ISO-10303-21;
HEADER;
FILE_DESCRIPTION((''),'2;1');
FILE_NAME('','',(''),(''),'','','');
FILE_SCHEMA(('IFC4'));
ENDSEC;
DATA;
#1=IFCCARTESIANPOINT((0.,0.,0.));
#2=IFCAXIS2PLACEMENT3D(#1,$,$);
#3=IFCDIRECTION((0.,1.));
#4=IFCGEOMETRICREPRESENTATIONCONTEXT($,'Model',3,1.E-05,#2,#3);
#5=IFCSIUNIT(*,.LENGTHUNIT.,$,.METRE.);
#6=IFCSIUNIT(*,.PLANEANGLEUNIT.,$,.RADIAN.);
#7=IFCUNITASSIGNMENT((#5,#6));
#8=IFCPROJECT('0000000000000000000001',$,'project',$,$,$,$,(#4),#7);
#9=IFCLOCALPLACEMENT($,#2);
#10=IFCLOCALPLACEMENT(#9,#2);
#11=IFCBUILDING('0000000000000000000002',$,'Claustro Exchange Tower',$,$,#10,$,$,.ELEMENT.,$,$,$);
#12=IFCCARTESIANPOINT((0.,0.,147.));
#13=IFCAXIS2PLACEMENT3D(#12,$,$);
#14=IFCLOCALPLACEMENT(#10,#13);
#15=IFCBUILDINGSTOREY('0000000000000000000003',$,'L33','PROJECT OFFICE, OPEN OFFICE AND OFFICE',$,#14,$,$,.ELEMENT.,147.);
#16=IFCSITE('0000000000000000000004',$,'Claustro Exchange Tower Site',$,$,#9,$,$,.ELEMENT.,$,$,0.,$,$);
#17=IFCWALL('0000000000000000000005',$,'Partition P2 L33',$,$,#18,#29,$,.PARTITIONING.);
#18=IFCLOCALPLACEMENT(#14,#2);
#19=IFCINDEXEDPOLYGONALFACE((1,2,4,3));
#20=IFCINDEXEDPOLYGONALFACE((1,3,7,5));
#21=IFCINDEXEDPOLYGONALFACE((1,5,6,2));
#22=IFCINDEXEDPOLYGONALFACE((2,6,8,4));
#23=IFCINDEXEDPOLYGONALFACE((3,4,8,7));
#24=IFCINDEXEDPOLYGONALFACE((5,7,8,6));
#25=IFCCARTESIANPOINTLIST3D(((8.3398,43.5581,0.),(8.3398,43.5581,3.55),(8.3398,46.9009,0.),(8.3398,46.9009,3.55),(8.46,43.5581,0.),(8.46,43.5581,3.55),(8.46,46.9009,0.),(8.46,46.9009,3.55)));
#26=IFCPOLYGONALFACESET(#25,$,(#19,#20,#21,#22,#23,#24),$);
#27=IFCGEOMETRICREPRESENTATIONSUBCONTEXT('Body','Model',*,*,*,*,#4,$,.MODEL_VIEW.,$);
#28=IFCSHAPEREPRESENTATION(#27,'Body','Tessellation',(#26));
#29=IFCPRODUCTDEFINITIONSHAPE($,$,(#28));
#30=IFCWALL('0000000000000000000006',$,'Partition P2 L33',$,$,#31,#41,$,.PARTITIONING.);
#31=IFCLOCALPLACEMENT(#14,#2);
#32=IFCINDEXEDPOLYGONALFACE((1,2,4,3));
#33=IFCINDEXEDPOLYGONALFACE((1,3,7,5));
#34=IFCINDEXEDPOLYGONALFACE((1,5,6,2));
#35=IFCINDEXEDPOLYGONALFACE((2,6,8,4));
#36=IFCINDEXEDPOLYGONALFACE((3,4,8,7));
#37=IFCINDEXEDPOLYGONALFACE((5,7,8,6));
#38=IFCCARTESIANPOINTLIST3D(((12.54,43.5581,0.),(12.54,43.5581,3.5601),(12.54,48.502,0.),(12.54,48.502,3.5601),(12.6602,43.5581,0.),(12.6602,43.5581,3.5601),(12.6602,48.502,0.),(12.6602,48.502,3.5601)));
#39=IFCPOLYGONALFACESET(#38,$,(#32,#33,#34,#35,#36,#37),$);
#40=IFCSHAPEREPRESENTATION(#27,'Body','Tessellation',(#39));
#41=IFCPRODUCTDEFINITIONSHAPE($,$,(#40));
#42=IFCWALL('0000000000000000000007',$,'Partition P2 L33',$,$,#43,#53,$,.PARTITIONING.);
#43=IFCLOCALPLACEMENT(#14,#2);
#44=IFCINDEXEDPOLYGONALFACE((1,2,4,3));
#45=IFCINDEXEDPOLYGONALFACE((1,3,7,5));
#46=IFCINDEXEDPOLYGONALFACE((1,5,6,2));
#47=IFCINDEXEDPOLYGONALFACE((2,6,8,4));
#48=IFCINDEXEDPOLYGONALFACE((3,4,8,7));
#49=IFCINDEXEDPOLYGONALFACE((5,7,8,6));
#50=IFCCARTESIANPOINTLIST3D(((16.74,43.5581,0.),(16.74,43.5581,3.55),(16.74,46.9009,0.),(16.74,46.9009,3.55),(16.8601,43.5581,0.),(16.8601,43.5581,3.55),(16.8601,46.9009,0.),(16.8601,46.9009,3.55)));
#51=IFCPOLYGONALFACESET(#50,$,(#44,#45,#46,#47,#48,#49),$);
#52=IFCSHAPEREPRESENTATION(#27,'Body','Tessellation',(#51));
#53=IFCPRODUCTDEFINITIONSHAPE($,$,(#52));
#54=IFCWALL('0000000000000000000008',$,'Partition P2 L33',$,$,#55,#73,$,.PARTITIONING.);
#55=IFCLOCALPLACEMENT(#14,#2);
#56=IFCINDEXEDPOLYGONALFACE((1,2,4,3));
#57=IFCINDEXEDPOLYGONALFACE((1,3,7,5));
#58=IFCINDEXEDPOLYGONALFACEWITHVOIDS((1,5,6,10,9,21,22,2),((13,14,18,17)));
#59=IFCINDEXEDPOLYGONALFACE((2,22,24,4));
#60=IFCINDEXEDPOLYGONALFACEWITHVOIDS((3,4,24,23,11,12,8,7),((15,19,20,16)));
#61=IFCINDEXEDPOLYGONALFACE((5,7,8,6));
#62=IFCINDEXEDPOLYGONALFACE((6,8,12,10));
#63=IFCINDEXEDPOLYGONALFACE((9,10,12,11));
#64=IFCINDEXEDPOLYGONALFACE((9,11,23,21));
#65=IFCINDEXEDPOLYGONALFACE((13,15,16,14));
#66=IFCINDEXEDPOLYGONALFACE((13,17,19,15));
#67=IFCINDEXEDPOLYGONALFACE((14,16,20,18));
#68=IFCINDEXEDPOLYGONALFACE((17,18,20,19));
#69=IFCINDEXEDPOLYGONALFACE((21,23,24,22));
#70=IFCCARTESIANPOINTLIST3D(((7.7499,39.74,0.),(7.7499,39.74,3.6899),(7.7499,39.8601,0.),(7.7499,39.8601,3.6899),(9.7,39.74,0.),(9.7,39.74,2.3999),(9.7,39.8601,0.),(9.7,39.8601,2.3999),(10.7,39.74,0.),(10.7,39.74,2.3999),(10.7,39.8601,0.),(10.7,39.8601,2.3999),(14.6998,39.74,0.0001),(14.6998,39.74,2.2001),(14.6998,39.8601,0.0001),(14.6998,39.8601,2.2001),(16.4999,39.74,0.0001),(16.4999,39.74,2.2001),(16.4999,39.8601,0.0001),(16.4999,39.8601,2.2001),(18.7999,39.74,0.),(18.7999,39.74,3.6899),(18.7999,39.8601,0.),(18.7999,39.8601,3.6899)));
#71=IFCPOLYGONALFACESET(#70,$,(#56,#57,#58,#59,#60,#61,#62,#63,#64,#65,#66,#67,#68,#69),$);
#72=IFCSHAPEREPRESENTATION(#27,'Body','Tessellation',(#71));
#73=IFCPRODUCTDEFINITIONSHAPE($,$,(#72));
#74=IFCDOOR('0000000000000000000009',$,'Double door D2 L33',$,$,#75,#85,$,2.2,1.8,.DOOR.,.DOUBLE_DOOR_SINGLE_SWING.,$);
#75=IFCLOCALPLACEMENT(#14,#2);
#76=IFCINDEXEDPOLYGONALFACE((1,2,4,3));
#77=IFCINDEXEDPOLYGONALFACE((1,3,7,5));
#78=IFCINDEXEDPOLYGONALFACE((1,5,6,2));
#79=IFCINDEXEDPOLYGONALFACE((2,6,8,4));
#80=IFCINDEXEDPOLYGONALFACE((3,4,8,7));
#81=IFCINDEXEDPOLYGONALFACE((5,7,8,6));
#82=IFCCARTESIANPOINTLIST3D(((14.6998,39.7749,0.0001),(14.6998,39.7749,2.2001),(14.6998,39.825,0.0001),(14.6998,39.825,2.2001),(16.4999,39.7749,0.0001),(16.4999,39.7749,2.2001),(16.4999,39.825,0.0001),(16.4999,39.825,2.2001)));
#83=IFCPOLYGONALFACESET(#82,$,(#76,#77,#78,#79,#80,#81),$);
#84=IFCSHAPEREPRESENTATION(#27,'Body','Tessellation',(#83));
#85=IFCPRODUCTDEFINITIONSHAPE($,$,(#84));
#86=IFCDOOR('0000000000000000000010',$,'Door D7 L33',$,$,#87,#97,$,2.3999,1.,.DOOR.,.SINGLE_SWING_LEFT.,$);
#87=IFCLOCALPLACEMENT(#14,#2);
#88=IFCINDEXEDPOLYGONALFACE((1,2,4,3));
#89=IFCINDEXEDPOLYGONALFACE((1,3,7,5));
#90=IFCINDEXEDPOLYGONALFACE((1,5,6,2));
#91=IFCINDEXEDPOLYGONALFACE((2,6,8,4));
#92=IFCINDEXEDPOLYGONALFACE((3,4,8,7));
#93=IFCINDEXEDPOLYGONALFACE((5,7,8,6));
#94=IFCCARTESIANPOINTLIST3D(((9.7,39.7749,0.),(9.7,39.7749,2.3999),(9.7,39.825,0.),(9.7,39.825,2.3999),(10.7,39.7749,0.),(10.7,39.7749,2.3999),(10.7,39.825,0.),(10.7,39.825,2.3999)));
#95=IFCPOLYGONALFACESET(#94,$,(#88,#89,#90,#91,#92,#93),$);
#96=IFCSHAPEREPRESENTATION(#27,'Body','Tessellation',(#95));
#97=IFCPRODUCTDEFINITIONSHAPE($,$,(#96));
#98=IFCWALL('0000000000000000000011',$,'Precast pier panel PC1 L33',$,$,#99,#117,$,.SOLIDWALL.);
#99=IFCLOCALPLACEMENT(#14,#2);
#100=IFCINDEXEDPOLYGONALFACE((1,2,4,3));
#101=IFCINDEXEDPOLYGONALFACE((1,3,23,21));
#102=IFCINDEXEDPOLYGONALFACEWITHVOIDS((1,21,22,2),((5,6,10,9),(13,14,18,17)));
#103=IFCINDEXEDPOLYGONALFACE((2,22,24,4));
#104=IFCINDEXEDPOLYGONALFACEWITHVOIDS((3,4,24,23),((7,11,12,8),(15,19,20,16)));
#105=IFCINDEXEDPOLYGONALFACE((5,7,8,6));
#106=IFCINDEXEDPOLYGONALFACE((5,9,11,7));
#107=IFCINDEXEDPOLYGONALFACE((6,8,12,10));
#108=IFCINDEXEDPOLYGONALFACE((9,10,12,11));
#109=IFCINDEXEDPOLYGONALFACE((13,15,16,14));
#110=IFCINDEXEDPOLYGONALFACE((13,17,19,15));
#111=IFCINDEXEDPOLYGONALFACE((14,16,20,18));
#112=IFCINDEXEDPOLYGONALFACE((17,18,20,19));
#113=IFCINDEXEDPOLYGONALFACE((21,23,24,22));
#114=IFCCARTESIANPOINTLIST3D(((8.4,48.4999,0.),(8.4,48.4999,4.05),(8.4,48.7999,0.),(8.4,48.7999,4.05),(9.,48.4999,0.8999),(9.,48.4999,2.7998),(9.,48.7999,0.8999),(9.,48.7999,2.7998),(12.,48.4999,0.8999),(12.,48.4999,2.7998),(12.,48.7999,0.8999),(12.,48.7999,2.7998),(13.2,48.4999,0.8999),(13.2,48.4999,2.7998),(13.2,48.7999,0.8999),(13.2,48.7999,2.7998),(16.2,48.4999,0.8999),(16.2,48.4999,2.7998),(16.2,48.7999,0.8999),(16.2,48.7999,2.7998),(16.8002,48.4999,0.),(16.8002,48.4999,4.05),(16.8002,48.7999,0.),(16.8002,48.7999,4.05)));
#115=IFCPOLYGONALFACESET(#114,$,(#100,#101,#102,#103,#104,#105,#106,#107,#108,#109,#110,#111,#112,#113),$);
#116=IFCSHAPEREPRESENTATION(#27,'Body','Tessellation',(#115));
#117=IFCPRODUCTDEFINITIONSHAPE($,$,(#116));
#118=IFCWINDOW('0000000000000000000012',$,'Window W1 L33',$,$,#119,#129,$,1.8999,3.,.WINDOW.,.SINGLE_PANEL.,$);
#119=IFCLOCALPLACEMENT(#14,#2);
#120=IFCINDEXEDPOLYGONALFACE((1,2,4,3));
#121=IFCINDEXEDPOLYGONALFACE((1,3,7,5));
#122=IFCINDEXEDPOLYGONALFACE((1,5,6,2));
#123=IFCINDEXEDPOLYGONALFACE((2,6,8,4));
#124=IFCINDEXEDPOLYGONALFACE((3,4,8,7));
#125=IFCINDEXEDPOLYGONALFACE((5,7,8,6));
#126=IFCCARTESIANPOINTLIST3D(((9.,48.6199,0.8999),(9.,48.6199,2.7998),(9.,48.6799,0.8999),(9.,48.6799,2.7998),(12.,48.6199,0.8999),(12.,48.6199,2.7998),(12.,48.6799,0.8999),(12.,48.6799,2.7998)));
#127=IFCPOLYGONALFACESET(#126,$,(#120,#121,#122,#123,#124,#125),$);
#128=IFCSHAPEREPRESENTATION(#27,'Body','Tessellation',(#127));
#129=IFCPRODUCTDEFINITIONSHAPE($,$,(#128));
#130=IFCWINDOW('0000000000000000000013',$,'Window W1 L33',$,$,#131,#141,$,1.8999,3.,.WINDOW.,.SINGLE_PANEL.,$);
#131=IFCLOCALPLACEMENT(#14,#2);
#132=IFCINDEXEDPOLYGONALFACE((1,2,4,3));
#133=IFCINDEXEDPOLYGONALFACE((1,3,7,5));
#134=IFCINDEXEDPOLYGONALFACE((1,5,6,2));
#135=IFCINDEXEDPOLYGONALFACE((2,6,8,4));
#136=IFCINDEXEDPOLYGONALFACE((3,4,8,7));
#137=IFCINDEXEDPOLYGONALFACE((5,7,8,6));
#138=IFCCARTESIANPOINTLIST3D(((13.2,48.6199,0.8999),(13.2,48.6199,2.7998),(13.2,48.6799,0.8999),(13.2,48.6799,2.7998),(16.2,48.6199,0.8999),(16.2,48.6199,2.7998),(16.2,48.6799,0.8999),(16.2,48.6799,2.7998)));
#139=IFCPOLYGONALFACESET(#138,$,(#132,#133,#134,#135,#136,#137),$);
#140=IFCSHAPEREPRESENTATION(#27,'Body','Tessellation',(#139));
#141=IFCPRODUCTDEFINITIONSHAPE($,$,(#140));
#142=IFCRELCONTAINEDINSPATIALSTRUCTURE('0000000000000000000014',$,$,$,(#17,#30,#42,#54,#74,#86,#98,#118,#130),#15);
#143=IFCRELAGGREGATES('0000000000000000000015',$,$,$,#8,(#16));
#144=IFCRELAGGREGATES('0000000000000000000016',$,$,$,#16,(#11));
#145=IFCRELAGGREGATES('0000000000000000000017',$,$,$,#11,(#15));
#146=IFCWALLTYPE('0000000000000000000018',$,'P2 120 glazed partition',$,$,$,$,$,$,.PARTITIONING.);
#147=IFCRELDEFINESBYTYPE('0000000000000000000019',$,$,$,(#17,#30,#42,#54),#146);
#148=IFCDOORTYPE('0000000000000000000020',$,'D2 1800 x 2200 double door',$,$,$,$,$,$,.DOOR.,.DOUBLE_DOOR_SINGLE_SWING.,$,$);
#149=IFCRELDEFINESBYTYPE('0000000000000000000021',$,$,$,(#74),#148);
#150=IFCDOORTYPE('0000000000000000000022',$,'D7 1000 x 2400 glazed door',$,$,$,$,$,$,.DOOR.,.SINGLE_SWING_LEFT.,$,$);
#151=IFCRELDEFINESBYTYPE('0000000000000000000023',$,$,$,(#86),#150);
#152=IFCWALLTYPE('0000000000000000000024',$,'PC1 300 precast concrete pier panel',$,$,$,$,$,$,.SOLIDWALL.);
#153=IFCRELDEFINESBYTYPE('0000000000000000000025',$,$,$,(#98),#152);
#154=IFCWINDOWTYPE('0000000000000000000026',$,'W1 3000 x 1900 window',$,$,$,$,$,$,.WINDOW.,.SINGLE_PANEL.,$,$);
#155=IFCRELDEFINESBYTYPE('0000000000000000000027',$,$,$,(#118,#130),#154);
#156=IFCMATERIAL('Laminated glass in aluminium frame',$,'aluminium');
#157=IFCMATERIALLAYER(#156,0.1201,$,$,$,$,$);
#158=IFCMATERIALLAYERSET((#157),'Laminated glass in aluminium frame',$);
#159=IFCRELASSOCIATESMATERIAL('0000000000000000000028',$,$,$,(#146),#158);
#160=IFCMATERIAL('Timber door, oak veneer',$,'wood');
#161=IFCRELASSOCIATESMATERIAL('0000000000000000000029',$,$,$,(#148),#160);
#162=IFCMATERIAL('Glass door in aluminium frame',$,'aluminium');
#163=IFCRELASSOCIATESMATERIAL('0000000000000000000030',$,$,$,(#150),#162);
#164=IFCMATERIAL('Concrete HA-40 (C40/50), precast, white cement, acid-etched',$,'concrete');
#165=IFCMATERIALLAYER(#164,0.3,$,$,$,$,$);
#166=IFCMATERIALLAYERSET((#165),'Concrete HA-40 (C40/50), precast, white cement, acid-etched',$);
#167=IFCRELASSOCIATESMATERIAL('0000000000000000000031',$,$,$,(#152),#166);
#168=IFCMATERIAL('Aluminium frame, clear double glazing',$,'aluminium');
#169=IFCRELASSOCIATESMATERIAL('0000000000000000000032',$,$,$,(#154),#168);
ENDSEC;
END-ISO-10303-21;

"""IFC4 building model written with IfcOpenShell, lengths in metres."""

from ifc_helpers import new_model, si_unit, direction, frame, frame_2d, origin, place, context, subcontext, project, spatial, rectangle, extrude, material, layer, layer_set, type_object, element, fill, save


model = new_model("IFC4")

# Units and contexts
model_context = context("Model", 3, precision=1e-05, world=origin(), true_north=direction((0.0, 1.0)))
body_context = subcontext(model_context, "Body", "Model", "MODEL_VIEW")
ifc_project = project(units=[si_unit("LENGTHUNIT", "METRE"), si_unit("PLANEANGLEUNIT", "RADIAN")], contexts=[model_context])

# Site, building, storey
site_placement = place(None, origin())
site = spatial("IfcSite", under=ifc_project, at=site_placement, Name="Claustro Exchange Tower Site", CompositionType="ELEMENT", RefElevation=0.0)
building_placement = place(site_placement, origin())
building = spatial("IfcBuilding", under=site, at=building_placement, Name="Claustro Exchange Tower", CompositionType="ELEMENT")
storey_placement = place(building_placement, frame((0.0, 0.0, 147.0)))
storey = spatial("IfcBuildingStorey", under=building, at=storey_placement, Name="L33", Description="PROJECT OFFICE, OPEN OFFICE AND OFFICE", CompositionType="ELEMENT", Elevation=147.0)

# Walls
ifc_material_1 = material(Name="Laminated glass in aluminium frame", Category="aluminium")
ifc_layer_1 = layer(ifc_material_1, 0.1201)
ifc_layer_set_1 = layer_set([ifc_layer_1], Name="Laminated glass in aluminium frame")
wall_type_1 = type_object("IfcWallType", Name="P2 120 glazed partition", PredefinedType="PARTITIONING", material=ifc_layer_set_1)
wall_1_placement = place(storey_placement, frame((8.3999, 43.5581, 0.0), z_axis=(0.0, 0.0, 1.0), x_axis=(0.0, 1.0, 0.0)))
element("IfcWall", 1, at=wall_1_placement, inside=storey, type_object=wall_type_1, Name="Partition P2 L33", PredefinedType="PARTITIONING", context=body_context, shape_type="SweptSolid", body=[
    extrude(rectangle(XDim=3.3428, YDim=0.1201, at=frame_2d((1.6714, 0.0))), origin(), (0.0, 0.0, 1.0), 3.55),
])
wall_2_placement = place(storey_placement, frame((12.6001, 43.5581, 0.0), z_axis=(0.0, 0.0, 1.0), x_axis=(0.0, 1.0, 0.0)))
element("IfcWall", 2, at=wall_2_placement, inside=storey, type_object=wall_type_1, Name="Partition P2 L33", PredefinedType="PARTITIONING", context=body_context, shape_type="SweptSolid", body=[
    extrude(rectangle(XDim=4.9438, YDim=0.1201, at=frame_2d((2.4719, 0.0))), origin(), (0.0, 0.0, 1.0), 3.5601),
])
wall_3_placement = place(storey_placement, frame((16.8, 43.5581, 0.0), z_axis=(0.0, 0.0, 1.0), x_axis=(0.0, 1.0, 0.0)))
element("IfcWall", 3, at=wall_3_placement, inside=storey, type_object=wall_type_1, Name="Partition P2 L33", PredefinedType="PARTITIONING", context=body_context, shape_type="SweptSolid", body=[
    extrude(rectangle(XDim=3.3428, YDim=0.1201, at=frame_2d((1.6714, 0.0))), origin(), (0.0, 0.0, 1.0), 3.55),
])

# Wall, openings, doors
wall_4_placement = place(storey_placement, frame((7.75, 39.8, 0.0), z_axis=(0.0, 0.0, 1.0), x_axis=(1.0, 0.0, 0.0)))
wall_4 = element("IfcWall", 4, at=wall_4_placement, inside=storey, type_object=wall_type_1, Name="Partition P2 L33", PredefinedType="PARTITIONING", context=body_context, shape_type="SweptSolid", body=[
    extrude(rectangle(XDim=11.05, YDim=0.1201, at=frame_2d((5.5249, 0.0))), origin(), (0.0, 0.0, 1.0), 3.6899),
])
opening_1_placement = place(wall_4_placement, frame((1.95, 0.0, 0.0)))
opening_1 = element("IfcOpeningElement", 5, at=opening_1_placement, cuts=wall_4, PredefinedType="OPENING", context=body_context, shape_type="SweptSolid", body=[
    extrude(rectangle(XDim=1.0, YDim=2.3999, at=frame_2d((0.5, 1.2))), frame((0.0, 0.0701, 0.0), z_axis=(0.0, -1.0, 0.0), x_axis=(1.0, 0.0, 0.0)), (0.0, 0.0, 1.0), 0.1401),
])
opening_2_placement = place(wall_4_placement, frame((6.95, 0.0, 0.0)))
opening_2 = element("IfcOpeningElement", 6, at=opening_2_placement, cuts=wall_4, PredefinedType="OPENING", context=body_context, shape_type="SweptSolid", body=[
    extrude(rectangle(XDim=1.8, YDim=2.2, at=frame_2d((0.8999, 1.1001))), frame((0.0, 0.0701, 0.0), z_axis=(0.0, -1.0, 0.0), x_axis=(1.0, 0.0, 0.0)), (0.0, 0.0, 1.0), 0.1401),
])
ifc_material_2 = material(Name="Timber door, oak veneer", Category="wood")
door_type_1 = type_object("IfcDoorType", Name="D2 1800 x 2200 double door", OperationType="DOUBLE_DOOR_SINGLE_SWING", PredefinedType="DOOR", material=ifc_material_2)
door_1_placement = place(opening_2_placement, origin())
door_1 = element("IfcDoor", 7, at=door_1_placement, inside=storey, type_object=door_type_1, Name="Double door D2 L33", OperationType="DOUBLE_DOOR_SINGLE_SWING", OverallHeight=2.2, OverallWidth=1.8, PredefinedType="DOOR", context=body_context, shape_type="SweptSolid", body=[
    extrude(rectangle(XDim=1.8, YDim=2.2, at=frame_2d((0.8999, 1.1001))), frame((0.0, 0.0249, 0.0), z_axis=(0.0, -1.0, 0.0), x_axis=(1.0, 0.0, 0.0)), (0.0, 0.0, 1.0), 0.05),
])
fill(opening_2, door_1)
ifc_material_3 = material(Name="Glass door in aluminium frame", Category="aluminium")
door_type_2 = type_object("IfcDoorType", Name="D7 1000 x 2400 glazed door", OperationType="SINGLE_SWING_LEFT", PredefinedType="DOOR", material=ifc_material_3)
door_2_placement = place(opening_1_placement, origin())
door_2 = element("IfcDoor", 8, at=door_2_placement, inside=storey, type_object=door_type_2, Name="Door D7 L33", OperationType="SINGLE_SWING_LEFT", OverallHeight=2.3999, OverallWidth=1.0, PredefinedType="DOOR", context=body_context, shape_type="SweptSolid", body=[
    extrude(rectangle(XDim=1.0, YDim=2.3999, at=frame_2d((0.5, 1.2))), frame((0.0, 0.0249, 0.0), z_axis=(0.0, -1.0, 0.0), x_axis=(1.0, 0.0, 0.0)), (0.0, 0.0, 1.0), 0.05),
])
fill(opening_1, door_2)

# Wall, openings, windows
ifc_material_4 = material(Name="Concrete HA-40 (C40/50), precast, white cement, acid-etched", Category="concrete")
ifc_layer_2 = layer(ifc_material_4, 0.3)
ifc_layer_set_2 = layer_set([ifc_layer_2], Name="Concrete HA-40 (C40/50), precast, white cement, acid-etched")
wall_type_2 = type_object("IfcWallType", Name="PC1 300 precast concrete pier panel", PredefinedType="SOLIDWALL", material=ifc_layer_set_2)
wall_5_placement = place(storey_placement, frame((8.3999, 48.6499, 0.0), z_axis=(0.0, 0.0, 1.0), x_axis=(1.0, 0.0, 0.0)))
wall_5 = element("IfcWall", 9, at=wall_5_placement, inside=storey, type_object=wall_type_2, Name="Precast pier panel PC1 L33", PredefinedType="SOLIDWALL", context=body_context, shape_type="SweptSolid", body=[
    extrude(rectangle(XDim=8.4001, YDim=0.3, at=frame_2d((4.2002, 0.0))), origin(), (0.0, 0.0, 1.0), 4.05),
])
opening_3_placement = place(wall_5_placement, frame((0.6001, 0.0, 0.8999)))
opening_3 = element("IfcOpeningElement", 10, at=opening_3_placement, cuts=wall_5, PredefinedType="OPENING", context=body_context, shape_type="SweptSolid", body=[
    extrude(rectangle(XDim=3.0, YDim=1.8999, at=frame_2d((1.5, 0.95))), frame((0.0, 0.1599, 0.0), z_axis=(0.0, -1.0, 0.0), x_axis=(1.0, 0.0, 0.0)), (0.0, 0.0, 1.0), 0.3201),
])
opening_4_placement = place(wall_5_placement, frame((4.8, 0.0, 0.8999)))
opening_4 = element("IfcOpeningElement", 11, at=opening_4_placement, cuts=wall_5, PredefinedType="OPENING", context=body_context, shape_type="SweptSolid", body=[
    extrude(rectangle(XDim=3.0, YDim=1.8999, at=frame_2d((1.5, 0.95))), frame((0.0, 0.1599, 0.0), z_axis=(0.0, -1.0, 0.0), x_axis=(1.0, 0.0, 0.0)), (0.0, 0.0, 1.0), 0.3201),
])
ifc_material_5 = material(Name="Aluminium frame, clear double glazing", Category="aluminium")
window_type = type_object("IfcWindowType", Name="W1 3000 x 1900 window", PartitioningType="SINGLE_PANEL", PredefinedType="WINDOW", material=ifc_material_5)
window_1_placement = place(opening_3_placement, origin())
window_1 = element("IfcWindow", 12, at=window_1_placement, inside=storey, type_object=window_type, Name="Window W1 L33", OverallHeight=1.8999, OverallWidth=3.0, PartitioningType="SINGLE_PANEL", PredefinedType="WINDOW", context=body_context, shape_type="SweptSolid", body=[
    extrude(rectangle(XDim=3.0, YDim=1.8999, at=frame_2d((1.5, 0.95))), frame((0.0, 0.03, 0.0), z_axis=(0.0, -1.0, 0.0), x_axis=(1.0, 0.0, 0.0)), (0.0, 0.0, 1.0), 0.0601),
])
fill(opening_3, window_1)
window_2_placement = place(opening_4_placement, origin())
window_2 = element("IfcWindow", 13, at=window_2_placement, inside=storey, type_object=window_type, Name="Window W1 L33", OverallHeight=1.8999, OverallWidth=3.0, PartitioningType="SINGLE_PANEL", PredefinedType="WINDOW", context=body_context, shape_type="SweptSolid", body=[
    extrude(rectangle(XDim=3.0, YDim=1.8999, at=frame_2d((1.5, 0.95))), frame((0.0, 0.03, 0.0), z_axis=(0.0, -1.0, 0.0), x_axis=(1.0, 0.0, 0.0)), (0.0, 0.0, 1.0), 0.0601),
])
fill(opening_4, window_2)

save(model, "model.ifc")
